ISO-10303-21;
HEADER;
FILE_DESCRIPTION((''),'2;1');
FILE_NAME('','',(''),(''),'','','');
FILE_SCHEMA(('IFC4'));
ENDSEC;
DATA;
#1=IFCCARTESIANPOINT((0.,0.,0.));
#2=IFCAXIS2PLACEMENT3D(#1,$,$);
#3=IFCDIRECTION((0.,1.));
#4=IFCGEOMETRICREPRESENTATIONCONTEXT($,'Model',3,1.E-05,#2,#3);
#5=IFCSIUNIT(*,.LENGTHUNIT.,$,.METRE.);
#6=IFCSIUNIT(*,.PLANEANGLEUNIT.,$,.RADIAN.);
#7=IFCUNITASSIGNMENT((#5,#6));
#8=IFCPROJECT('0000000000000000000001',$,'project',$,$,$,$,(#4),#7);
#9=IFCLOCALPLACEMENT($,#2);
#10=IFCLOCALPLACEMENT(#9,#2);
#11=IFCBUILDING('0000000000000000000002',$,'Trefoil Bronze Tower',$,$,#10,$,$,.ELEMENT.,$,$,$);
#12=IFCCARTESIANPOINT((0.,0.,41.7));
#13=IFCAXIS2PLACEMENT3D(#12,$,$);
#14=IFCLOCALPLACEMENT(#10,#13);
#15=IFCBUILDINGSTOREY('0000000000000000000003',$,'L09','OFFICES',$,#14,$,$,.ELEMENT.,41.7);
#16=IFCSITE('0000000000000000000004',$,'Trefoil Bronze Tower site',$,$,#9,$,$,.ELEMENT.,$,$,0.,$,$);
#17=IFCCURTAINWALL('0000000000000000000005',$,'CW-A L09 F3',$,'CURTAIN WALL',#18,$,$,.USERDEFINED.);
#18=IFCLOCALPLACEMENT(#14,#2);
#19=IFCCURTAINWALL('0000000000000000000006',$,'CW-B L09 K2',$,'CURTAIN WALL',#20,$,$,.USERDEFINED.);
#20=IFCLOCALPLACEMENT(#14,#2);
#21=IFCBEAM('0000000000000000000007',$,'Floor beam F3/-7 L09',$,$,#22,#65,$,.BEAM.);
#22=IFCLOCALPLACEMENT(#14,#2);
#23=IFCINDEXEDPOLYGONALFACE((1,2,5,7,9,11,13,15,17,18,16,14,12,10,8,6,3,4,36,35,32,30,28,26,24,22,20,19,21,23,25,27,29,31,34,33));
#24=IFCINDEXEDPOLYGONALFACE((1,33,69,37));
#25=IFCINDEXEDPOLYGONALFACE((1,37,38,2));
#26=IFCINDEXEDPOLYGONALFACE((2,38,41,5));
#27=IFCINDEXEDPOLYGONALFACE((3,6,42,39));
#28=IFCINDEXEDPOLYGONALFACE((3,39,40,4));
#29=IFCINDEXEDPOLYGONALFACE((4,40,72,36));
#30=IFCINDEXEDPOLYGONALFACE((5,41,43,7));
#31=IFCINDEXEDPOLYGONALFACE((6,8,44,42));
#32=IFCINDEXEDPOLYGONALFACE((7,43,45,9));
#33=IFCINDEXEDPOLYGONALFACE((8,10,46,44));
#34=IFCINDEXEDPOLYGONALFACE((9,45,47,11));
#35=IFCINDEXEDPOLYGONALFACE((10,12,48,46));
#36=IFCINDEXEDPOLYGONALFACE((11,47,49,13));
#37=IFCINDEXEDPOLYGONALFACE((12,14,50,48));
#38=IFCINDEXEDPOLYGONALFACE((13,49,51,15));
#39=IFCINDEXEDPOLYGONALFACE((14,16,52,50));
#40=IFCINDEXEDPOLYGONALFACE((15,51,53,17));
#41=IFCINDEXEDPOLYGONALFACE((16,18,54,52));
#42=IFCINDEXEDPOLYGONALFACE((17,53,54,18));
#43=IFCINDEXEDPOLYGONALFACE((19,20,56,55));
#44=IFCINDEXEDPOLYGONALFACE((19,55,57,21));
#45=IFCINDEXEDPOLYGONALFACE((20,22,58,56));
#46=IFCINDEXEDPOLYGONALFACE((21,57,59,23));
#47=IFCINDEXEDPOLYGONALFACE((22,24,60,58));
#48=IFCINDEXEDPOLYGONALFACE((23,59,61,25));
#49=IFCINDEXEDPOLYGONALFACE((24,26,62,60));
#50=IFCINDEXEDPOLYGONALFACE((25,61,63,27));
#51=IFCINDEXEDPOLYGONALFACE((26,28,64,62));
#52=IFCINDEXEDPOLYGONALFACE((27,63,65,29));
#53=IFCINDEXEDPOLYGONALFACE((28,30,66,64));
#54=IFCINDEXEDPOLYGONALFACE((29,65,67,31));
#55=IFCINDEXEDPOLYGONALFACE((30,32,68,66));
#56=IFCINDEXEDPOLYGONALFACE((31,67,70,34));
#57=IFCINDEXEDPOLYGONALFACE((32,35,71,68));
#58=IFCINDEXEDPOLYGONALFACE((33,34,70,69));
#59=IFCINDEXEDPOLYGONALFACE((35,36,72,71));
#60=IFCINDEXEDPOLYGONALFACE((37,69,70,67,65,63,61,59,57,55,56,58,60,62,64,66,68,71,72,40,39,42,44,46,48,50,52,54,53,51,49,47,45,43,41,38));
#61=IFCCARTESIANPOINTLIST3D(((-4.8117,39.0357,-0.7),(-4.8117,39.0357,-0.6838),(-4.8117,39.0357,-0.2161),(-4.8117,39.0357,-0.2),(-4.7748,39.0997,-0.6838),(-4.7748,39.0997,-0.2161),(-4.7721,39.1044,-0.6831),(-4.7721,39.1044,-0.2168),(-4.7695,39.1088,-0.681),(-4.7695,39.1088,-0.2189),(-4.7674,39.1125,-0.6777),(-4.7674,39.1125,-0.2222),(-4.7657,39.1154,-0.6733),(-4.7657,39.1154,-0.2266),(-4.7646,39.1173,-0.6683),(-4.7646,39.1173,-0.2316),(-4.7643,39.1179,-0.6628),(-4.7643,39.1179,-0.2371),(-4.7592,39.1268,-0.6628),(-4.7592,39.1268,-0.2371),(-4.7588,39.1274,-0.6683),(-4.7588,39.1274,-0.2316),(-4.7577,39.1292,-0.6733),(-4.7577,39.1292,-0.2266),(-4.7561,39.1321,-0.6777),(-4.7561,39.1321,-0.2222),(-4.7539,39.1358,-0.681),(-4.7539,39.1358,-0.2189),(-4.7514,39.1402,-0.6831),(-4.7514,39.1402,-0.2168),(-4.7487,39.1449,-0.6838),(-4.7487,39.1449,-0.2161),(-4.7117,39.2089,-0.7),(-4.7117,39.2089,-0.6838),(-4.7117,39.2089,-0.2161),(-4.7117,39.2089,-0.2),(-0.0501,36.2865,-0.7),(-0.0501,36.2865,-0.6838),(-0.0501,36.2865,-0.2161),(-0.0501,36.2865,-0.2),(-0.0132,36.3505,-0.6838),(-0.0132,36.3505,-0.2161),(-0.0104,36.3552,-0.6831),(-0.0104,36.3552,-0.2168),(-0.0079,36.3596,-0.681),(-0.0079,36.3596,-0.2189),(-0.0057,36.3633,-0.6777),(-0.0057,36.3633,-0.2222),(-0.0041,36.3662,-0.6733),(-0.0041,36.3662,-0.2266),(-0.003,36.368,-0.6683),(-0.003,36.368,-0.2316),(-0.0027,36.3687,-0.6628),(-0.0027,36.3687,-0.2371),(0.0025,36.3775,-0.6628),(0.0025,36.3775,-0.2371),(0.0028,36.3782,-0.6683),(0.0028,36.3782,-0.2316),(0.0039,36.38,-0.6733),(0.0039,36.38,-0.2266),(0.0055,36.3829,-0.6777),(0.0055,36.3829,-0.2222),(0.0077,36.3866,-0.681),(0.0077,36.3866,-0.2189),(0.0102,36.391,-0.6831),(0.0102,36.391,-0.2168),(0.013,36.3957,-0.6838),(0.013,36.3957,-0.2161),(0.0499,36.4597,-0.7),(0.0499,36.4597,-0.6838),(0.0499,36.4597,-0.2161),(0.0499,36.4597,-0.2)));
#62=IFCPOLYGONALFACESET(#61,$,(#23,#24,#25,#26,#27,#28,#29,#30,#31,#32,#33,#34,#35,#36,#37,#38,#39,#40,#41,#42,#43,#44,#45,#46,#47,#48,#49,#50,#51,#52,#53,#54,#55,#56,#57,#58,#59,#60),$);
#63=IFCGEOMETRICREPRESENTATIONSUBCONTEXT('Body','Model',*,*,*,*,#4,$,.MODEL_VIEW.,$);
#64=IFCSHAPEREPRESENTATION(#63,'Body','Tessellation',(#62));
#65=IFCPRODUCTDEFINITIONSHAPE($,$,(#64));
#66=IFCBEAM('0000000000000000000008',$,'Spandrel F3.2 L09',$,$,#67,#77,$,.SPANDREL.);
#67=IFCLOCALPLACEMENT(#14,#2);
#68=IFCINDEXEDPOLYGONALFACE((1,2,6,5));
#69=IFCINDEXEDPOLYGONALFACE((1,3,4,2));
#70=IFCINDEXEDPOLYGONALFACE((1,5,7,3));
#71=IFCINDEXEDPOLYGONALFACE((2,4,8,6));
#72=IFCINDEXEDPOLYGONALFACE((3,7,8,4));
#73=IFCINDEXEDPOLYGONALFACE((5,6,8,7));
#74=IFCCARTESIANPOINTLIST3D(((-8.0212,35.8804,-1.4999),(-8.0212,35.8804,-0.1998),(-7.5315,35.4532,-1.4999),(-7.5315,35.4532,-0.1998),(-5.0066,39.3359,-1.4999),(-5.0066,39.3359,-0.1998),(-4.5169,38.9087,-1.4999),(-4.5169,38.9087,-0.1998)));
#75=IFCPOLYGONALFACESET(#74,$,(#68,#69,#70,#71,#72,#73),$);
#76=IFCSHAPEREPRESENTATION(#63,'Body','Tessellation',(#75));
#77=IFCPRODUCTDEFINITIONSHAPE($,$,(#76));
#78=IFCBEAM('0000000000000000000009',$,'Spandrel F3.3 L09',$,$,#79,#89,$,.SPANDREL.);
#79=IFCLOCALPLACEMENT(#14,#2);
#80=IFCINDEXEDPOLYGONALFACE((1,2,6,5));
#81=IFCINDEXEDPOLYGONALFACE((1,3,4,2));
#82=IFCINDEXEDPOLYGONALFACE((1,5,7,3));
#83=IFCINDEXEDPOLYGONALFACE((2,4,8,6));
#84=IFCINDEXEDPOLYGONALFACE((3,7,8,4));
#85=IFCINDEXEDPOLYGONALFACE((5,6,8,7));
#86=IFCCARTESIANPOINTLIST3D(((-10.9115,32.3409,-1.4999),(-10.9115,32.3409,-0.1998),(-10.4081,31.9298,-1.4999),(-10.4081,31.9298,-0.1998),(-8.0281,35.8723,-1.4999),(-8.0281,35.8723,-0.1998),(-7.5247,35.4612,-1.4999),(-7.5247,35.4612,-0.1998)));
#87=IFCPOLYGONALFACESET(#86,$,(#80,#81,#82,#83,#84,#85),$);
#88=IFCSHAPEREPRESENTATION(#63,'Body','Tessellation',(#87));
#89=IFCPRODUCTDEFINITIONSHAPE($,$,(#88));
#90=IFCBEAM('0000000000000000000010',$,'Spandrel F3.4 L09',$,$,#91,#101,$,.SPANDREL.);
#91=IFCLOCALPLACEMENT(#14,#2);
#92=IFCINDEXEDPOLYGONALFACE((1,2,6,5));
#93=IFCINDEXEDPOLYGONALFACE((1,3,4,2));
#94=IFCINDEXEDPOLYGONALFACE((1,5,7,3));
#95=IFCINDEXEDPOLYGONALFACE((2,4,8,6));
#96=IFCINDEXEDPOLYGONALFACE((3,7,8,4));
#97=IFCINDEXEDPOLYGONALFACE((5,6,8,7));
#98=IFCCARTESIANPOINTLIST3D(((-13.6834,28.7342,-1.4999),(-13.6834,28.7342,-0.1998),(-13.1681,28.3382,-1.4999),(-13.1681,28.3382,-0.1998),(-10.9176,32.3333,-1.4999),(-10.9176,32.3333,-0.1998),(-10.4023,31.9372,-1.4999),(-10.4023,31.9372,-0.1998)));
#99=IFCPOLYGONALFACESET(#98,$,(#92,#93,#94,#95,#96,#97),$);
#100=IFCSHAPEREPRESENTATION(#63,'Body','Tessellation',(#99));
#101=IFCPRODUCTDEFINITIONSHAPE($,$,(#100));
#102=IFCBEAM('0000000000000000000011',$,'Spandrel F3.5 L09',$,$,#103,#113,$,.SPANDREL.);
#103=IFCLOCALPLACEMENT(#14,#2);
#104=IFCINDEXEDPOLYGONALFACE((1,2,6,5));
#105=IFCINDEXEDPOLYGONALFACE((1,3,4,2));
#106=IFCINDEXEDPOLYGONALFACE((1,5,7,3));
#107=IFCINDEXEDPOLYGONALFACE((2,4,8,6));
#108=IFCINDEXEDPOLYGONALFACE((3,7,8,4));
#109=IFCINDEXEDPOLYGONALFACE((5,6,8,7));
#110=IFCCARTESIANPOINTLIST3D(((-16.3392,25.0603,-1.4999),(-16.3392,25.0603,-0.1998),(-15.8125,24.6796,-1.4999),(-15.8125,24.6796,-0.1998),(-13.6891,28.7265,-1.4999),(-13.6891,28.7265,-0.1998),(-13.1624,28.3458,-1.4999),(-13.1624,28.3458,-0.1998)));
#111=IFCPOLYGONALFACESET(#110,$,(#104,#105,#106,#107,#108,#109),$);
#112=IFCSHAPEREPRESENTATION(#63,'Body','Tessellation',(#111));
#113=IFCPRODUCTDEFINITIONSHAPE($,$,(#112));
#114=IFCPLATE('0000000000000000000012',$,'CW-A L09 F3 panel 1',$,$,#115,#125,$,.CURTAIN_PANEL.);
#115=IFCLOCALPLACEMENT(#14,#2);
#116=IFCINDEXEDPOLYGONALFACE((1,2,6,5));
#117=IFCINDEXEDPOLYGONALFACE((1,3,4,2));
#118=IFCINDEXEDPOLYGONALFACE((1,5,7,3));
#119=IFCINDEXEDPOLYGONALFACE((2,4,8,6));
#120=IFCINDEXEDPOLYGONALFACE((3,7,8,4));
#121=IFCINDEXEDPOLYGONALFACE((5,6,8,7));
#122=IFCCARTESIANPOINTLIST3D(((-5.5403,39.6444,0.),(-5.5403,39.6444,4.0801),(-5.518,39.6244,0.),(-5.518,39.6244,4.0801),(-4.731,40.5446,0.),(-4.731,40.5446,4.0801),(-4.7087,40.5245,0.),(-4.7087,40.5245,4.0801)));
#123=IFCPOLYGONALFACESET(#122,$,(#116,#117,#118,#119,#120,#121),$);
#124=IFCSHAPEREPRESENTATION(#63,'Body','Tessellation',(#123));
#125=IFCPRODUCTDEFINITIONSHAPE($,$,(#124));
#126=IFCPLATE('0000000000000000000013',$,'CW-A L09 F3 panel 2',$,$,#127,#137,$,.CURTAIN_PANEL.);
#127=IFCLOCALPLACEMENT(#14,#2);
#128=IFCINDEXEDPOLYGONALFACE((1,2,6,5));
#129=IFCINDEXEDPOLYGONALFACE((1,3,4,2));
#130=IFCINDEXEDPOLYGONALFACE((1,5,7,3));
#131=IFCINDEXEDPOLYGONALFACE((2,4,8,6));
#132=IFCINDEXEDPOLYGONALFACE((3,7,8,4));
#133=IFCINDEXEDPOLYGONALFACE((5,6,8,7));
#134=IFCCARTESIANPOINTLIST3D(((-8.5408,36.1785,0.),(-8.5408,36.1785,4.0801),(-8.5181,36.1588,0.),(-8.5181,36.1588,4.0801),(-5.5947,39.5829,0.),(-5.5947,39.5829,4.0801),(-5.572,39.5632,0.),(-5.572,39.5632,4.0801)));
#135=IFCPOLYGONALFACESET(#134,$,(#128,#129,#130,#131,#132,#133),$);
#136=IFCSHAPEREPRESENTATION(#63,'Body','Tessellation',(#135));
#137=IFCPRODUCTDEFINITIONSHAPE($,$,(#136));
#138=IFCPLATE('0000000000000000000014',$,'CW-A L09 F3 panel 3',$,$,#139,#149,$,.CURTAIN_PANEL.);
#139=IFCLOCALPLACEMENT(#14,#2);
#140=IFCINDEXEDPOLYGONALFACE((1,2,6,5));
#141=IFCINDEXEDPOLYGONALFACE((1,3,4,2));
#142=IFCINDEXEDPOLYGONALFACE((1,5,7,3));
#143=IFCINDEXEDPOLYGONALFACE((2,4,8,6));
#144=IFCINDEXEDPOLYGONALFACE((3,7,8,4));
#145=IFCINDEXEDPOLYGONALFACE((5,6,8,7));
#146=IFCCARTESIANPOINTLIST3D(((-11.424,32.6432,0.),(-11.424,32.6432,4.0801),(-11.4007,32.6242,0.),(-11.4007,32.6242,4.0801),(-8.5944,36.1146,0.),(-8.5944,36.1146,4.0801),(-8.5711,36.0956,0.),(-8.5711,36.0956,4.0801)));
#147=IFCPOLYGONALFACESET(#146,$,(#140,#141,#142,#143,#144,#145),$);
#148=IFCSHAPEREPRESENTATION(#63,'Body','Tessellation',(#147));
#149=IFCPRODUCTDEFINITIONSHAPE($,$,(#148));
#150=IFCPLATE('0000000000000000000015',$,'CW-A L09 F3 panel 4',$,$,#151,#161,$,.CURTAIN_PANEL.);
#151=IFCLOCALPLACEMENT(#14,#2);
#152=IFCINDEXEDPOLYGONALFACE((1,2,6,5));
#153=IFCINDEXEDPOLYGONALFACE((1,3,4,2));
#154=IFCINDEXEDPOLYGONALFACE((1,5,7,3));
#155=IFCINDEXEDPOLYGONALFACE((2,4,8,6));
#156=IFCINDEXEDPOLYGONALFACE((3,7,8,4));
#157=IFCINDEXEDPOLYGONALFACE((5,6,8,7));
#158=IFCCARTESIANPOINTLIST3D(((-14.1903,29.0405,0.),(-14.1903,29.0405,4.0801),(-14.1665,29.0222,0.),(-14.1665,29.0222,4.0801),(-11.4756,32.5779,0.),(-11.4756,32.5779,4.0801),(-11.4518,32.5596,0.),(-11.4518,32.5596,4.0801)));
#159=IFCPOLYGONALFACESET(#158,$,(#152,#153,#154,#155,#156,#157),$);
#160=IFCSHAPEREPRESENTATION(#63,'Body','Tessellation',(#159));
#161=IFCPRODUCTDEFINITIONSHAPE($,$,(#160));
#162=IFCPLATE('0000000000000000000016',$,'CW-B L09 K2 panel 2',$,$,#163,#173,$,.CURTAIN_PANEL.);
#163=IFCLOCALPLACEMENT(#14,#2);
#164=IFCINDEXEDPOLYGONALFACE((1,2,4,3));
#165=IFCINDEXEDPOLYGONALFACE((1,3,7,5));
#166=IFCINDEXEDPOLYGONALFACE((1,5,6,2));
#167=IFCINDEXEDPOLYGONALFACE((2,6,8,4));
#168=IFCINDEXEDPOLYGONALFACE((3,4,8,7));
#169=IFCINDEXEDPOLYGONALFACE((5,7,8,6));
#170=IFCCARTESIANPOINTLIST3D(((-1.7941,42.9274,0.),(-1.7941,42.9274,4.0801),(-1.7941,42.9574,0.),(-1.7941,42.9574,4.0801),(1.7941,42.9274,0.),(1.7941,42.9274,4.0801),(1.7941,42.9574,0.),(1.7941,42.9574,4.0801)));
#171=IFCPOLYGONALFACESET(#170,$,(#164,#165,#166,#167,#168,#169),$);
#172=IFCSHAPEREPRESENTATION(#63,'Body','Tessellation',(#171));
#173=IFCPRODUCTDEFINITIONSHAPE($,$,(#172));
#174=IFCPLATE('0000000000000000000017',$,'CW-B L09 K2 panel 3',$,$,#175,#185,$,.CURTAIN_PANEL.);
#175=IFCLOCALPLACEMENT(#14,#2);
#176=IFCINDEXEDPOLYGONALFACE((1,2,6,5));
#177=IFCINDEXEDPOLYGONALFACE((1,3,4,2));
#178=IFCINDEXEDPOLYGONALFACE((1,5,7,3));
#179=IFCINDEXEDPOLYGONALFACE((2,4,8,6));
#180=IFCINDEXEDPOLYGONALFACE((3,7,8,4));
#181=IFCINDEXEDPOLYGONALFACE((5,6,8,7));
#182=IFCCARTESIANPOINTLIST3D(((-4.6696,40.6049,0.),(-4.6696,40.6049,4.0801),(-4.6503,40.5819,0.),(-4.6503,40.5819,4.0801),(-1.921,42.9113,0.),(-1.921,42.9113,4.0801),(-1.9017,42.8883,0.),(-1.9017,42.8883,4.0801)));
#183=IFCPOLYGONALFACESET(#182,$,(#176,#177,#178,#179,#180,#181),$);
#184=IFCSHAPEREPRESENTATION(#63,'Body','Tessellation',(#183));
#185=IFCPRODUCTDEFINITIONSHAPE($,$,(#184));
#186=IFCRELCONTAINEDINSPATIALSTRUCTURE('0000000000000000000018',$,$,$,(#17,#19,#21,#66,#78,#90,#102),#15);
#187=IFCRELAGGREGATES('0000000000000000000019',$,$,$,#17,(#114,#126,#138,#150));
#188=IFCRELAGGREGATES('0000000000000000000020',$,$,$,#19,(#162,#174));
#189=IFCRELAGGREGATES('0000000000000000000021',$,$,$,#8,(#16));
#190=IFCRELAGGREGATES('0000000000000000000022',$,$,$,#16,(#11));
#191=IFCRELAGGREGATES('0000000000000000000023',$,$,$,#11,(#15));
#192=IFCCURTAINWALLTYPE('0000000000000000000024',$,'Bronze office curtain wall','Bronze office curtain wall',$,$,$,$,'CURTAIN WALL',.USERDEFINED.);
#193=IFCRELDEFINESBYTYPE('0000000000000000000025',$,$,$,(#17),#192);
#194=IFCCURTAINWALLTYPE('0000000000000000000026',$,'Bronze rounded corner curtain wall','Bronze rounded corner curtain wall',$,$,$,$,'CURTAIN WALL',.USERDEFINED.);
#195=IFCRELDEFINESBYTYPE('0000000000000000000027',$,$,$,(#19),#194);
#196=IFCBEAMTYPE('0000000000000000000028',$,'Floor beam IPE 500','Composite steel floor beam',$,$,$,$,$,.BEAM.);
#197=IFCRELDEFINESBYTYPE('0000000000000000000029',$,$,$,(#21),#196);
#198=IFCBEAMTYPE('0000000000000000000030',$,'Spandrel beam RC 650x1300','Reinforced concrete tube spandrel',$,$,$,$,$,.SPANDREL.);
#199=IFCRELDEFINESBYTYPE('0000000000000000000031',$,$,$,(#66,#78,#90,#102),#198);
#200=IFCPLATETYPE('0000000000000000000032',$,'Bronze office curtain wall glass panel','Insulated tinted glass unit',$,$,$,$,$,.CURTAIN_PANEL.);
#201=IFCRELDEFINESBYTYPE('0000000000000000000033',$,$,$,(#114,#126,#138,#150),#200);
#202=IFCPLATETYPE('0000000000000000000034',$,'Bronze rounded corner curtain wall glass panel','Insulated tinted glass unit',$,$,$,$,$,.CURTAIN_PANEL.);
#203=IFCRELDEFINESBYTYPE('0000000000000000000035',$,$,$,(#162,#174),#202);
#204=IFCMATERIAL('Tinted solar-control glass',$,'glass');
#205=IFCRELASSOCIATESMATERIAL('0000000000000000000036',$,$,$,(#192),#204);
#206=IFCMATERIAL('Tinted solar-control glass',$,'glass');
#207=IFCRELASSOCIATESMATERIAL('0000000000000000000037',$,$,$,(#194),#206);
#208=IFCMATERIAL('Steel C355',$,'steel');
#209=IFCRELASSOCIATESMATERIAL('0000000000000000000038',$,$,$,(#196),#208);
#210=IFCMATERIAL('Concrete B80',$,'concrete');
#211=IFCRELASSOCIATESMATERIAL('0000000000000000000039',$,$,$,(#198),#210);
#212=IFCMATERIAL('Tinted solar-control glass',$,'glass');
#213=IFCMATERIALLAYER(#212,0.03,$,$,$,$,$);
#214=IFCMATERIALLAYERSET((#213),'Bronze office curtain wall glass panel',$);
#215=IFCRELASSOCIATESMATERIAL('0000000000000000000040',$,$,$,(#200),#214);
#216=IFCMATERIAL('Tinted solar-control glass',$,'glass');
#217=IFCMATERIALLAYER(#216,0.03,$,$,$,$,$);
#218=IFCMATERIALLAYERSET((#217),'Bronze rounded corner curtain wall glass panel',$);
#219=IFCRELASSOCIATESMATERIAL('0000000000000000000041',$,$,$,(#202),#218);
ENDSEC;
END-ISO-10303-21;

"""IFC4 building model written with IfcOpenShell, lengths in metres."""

from ifc_helpers import new_model, si_unit, direction, frame, origin, origin_2d, place, context, subcontext, project, spatial, rectangle, i_section, extrude, material, layer, layer_set, material_profile, profile_set, type_object, element, aggregate, save


model = new_model("IFC4")

# Units and contexts
model_context = context("Model", 3, precision=1e-05, world=origin(), true_north=direction((0.0, 1.0)))
body_context = subcontext(model_context, "Body", "Model", "MODEL_VIEW")
ifc_project = project(units=[si_unit("LENGTHUNIT", "METRE"), si_unit("PLANEANGLEUNIT", "RADIAN")], contexts=[model_context])

# Site, building, storey
site_placement = place(None, origin())
site = spatial("IfcSite", under=ifc_project, at=site_placement, Name="Trefoil Bronze Tower site", CompositionType="ELEMENT", RefElevation=0.0)
building_placement = place(site_placement, origin())
building = spatial("IfcBuilding", under=site, at=building_placement, Name="Trefoil Bronze Tower", CompositionType="ELEMENT")
storey_placement = place(building_placement, frame((0.0, 0.0, 41.7)))
storey = spatial("IfcBuildingStorey", under=building, at=storey_placement, Name="L09", Description="OFFICES", CompositionType="ELEMENT", Elevation=41.7)

# Curtain walls
ifc_material_1 = material(Name="Tinted solar-control glass", Category="glass")
curtain_wall_type_1 = type_object("IfcCurtainWallType", Name="Bronze office curtain wall", Description="Bronze office curtain wall", ElementType="CURTAIN WALL", PredefinedType="USERDEFINED", material=ifc_material_1)
curtain_wall_1_placement = place(storey_placement, origin())
curtain_wall_1 = element("IfcCurtainWall", 1, at=curtain_wall_1_placement, inside=storey, type_object=curtain_wall_type_1, Name="CW-A L09 F3", ObjectType="CURTAIN WALL", PredefinedType="USERDEFINED")
ifc_material_2 = material(Name="Tinted solar-control glass", Category="glass")
curtain_wall_type_2 = type_object("IfcCurtainWallType", Name="Bronze rounded corner curtain wall", Description="Bronze rounded corner curtain wall", ElementType="CURTAIN WALL", PredefinedType="USERDEFINED", material=ifc_material_2)
curtain_wall_2_placement = place(storey_placement, origin())
curtain_wall_2 = element("IfcCurtainWall", 2, at=curtain_wall_2_placement, inside=storey, type_object=curtain_wall_type_2, Name="CW-B L09 K2", ObjectType="CURTAIN WALL", PredefinedType="USERDEFINED")

# Beams
ifc_material_3 = material(Name="Steel C355", Category="steel")
ifc_material_profile_1 = material_profile(ifc_material_3, i_section(OverallWidth=0.2, OverallDepth=0.5, WebThickness=0.0103, FlangeThickness=0.0161, FilletRadius=0.021, at=origin_2d()), Name="IPE 500")
ifc_profile_set_1 = profile_set([ifc_material_profile_1], Name="Steel C355")
beam_type_1 = type_object("IfcBeamType", Name="Floor beam IPE 500", Description="Composite steel floor beam", PredefinedType="BEAM", material=ifc_profile_set_1)
beam_1_placement = place(storey_placement, frame((-4.7617, 39.1223, -0.45), z_axis=(0.866018, -0.500012, 0.0), x_axis=(0.500012, 0.866018, 0.0)))
element("IfcBeam", 3, at=beam_1_placement, inside=storey, type_object=beam_type_1, Name="Floor beam F3/-7 L09", PredefinedType="BEAM", context=body_context, shape_type="SweptSolid", body=[
    extrude(i_section(OverallWidth=0.2, OverallDepth=0.5, WebThickness=0.0103, FlangeThickness=0.0161, FilletRadius=0.021, at=origin_2d()), origin(), (0.0, 0.0, 1.0), 5.4983),
])
ifc_material_4 = material(Name="Concrete B80", Category="concrete")
ifc_material_profile_2 = material_profile(ifc_material_4, rectangle(XDim=0.6499, YDim=1.3, at=origin_2d()), Name="RC 650x1300")
ifc_profile_set_2 = profile_set([ifc_material_profile_2], Name="Concrete B80")
beam_type_2 = type_object("IfcBeamType", Name="Spandrel beam RC 650x1300", Description="Reinforced concrete tube spandrel", PredefinedType="SPANDREL", material=ifc_profile_set_2)
beam_2_placement = place(storey_placement, frame((-4.7617, 39.1223, -0.8499), z_axis=(-0.657396, -0.753545, 0.0), x_axis=(0.753545, -0.657396, 0.0)))
element("IfcBeam", 4, at=beam_2_placement, inside=storey, type_object=beam_type_2, Name="Spandrel F3.2 L09", PredefinedType="SPANDREL", context=body_context, shape_type="SweptSolid", body=[
    extrude(rectangle(XDim=0.6499, YDim=1.3, at=origin_2d()), origin(), (0.0, 0.0, 1.0), 4.5857),
])
beam_3_placement = place(storey_placement, frame((-7.7764, 35.6667, -0.8499), z_axis=(-0.632468, -0.774587, 0.0), x_axis=(0.774587, -0.632468, 0.0)))
element("IfcBeam", 5, at=beam_3_placement, inside=storey, type_object=beam_type_2, Name="Spandrel F3.3 L09", PredefinedType="SPANDREL", context=body_context, shape_type="SweptSolid", body=[
    extrude(rectangle(XDim=0.6499, YDim=1.3, at=origin_2d()), origin(), (0.0, 0.0, 1.0), 4.5591),
])
beam_4_placement = place(storey_placement, frame((-10.6599, 32.1353, -0.8499), z_axis=(-0.609339, -0.79291, 0.0), x_axis=(0.79291, -0.609339, 0.0)))
element("IfcBeam", 6, at=beam_4_placement, inside=storey, type_object=beam_type_2, Name="Spandrel F3.4 L09", PredefinedType="SPANDREL", context=body_context, shape_type="SweptSolid", body=[
    extrude(rectangle(XDim=0.6499, YDim=1.3, at=origin_2d()), origin(), (0.0, 0.0, 1.0), 4.5391),
])
beam_5_placement = place(storey_placement, frame((-13.4258, 28.5361, -0.8499), z_axis=(-0.585824, -0.810439, 0.0), x_axis=(0.810439, -0.585824, 0.0)))
element("IfcBeam", 7, at=beam_5_placement, inside=storey, type_object=beam_type_2, Name="Spandrel F3.5 L09", PredefinedType="SPANDREL", context=body_context, shape_type="SweptSolid", body=[
    extrude(rectangle(XDim=0.6499, YDim=1.3, at=origin_2d()), origin(), (0.0, 0.0, 1.0), 4.5237),
])

# Plates
ifc_material_5 = material(Name="Tinted solar-control glass", Category="glass")
ifc_layer_1 = layer(ifc_material_5, 0.03)
ifc_layer_set_1 = layer_set([ifc_layer_1], Name="Bronze office curtain wall glass panel")
plate_type_1 = type_object("IfcPlateType", Name="Bronze office curtain wall glass panel", Description="Insulated tinted glass unit", PredefinedType="CURTAIN_PANEL", material=ifc_layer_set_1)
plate_1_placement = place(storey_placement, frame((-5.1245, 40.0845, 0.0), z_axis=(0.0, 0.0, 1.0), x_axis=(-0.668575, -0.743645, 0.0)))
plate_1 = element("IfcPlate", 8, at=plate_1_placement, type_object=plate_type_1, Name="CW-A L09 F3 panel 1", PredefinedType="CURTAIN_PANEL", context=body_context, shape_type="SweptSolid", body=[
    extrude(rectangle(XDim=1.2104, YDim=0.03, at=origin_2d()), origin(), (0.0, 0.0, 1.0), 4.0801),
])
plate_2_placement = place(storey_placement, frame((-7.0564, 37.8708, 0.0), z_axis=(0.0, 0.0, 1.0), x_axis=(-0.654376, -0.756169, 0.0)))
plate_2 = element("IfcPlate", 9, at=plate_2_placement, type_object=plate_type_1, Name="CW-A L09 F3 panel 2", PredefinedType="CURTAIN_PANEL", context=body_context, shape_type="SweptSolid", body=[
    extrude(rectangle(XDim=4.5022, YDim=0.03, at=origin_2d()), origin(), (0.0, 0.0, 1.0), 4.0801),
])
plate_3_placement = place(storey_placement, frame((-9.9976, 34.3694, 0.0), z_axis=(0.0, 0.0, 1.0), x_axis=(-0.631811, -0.775123, 0.0)))
plate_3 = element("IfcPlate", 10, at=plate_3_placement, type_object=plate_type_1, Name="CW-A L09 F3 panel 3", PredefinedType="CURTAIN_PANEL", context=body_context, shape_type="SweptSolid", body=[
    extrude(rectangle(XDim=4.4785, YDim=0.03, at=origin_2d()), origin(), (0.0, 0.0, 1.0), 4.0801),
])
plate_4_placement = place(storey_placement, frame((-12.821, 30.8, 0.0), z_axis=(0.0, 0.0, 1.0), x_axis=(-0.608808, -0.793318, 0.0)))
plate_4 = element("IfcPlate", 11, at=plate_4_placement, type_object=plate_type_1, Name="CW-A L09 F3 panel 4", PredefinedType="CURTAIN_PANEL", context=body_context, shape_type="SweptSolid", body=[
    extrude(rectangle(XDim=4.459, YDim=0.03, at=origin_2d()), origin(), (0.0, 0.0, 1.0), 4.0801),
])
aggregate(curtain_wall_1, [plate_1, plate_2, plate_3, plate_4])
ifc_material_6 = material(Name="Tinted solar-control glass", Category="glass")
ifc_layer_2 = layer(ifc_material_6, 0.03)
ifc_layer_set_2 = layer_set([ifc_layer_2], Name="Bronze rounded corner curtain wall glass panel")
plate_type_2 = type_object("IfcPlateType", Name="Bronze rounded corner curtain wall glass panel", Description="Insulated tinted glass unit", PredefinedType="CURTAIN_PANEL", material=ifc_layer_set_2)
plate_5_placement = place(storey_placement, frame((0.0, 42.9424, 0.0), z_axis=(0.0, 0.0, 1.0), x_axis=(-1.0, 0.0, 0.0)))
plate_5 = element("IfcPlate", 12, at=plate_5_placement, type_object=plate_type_2, Name="CW-B L09 K2 panel 2", PredefinedType="CURTAIN_PANEL", context=body_context, shape_type="SweptSolid", body=[
    extrude(rectangle(XDim=3.5881, YDim=0.03, at=origin_2d()), origin(), (0.0, 0.0, 1.0), 4.0801),
])
plate_6_placement = place(storey_placement, frame((-3.2856, 41.7466, 0.0), z_axis=(0.0, 0.0, 1.0), x_axis=(-0.766044, -0.642788, 0.0)))
plate_6 = element("IfcPlate", 13, at=plate_6_placement, type_object=plate_type_2, Name="CW-B L09 K2 panel 3", PredefinedType="CURTAIN_PANEL", context=body_context, shape_type="SweptSolid", body=[
    extrude(rectangle(XDim=3.5881, YDim=0.03, at=origin_2d()), origin(), (0.0, 0.0, 1.0), 4.0801),
])
aggregate(curtain_wall_2, [plate_5, plate_6])

save(model, "model.ifc")
